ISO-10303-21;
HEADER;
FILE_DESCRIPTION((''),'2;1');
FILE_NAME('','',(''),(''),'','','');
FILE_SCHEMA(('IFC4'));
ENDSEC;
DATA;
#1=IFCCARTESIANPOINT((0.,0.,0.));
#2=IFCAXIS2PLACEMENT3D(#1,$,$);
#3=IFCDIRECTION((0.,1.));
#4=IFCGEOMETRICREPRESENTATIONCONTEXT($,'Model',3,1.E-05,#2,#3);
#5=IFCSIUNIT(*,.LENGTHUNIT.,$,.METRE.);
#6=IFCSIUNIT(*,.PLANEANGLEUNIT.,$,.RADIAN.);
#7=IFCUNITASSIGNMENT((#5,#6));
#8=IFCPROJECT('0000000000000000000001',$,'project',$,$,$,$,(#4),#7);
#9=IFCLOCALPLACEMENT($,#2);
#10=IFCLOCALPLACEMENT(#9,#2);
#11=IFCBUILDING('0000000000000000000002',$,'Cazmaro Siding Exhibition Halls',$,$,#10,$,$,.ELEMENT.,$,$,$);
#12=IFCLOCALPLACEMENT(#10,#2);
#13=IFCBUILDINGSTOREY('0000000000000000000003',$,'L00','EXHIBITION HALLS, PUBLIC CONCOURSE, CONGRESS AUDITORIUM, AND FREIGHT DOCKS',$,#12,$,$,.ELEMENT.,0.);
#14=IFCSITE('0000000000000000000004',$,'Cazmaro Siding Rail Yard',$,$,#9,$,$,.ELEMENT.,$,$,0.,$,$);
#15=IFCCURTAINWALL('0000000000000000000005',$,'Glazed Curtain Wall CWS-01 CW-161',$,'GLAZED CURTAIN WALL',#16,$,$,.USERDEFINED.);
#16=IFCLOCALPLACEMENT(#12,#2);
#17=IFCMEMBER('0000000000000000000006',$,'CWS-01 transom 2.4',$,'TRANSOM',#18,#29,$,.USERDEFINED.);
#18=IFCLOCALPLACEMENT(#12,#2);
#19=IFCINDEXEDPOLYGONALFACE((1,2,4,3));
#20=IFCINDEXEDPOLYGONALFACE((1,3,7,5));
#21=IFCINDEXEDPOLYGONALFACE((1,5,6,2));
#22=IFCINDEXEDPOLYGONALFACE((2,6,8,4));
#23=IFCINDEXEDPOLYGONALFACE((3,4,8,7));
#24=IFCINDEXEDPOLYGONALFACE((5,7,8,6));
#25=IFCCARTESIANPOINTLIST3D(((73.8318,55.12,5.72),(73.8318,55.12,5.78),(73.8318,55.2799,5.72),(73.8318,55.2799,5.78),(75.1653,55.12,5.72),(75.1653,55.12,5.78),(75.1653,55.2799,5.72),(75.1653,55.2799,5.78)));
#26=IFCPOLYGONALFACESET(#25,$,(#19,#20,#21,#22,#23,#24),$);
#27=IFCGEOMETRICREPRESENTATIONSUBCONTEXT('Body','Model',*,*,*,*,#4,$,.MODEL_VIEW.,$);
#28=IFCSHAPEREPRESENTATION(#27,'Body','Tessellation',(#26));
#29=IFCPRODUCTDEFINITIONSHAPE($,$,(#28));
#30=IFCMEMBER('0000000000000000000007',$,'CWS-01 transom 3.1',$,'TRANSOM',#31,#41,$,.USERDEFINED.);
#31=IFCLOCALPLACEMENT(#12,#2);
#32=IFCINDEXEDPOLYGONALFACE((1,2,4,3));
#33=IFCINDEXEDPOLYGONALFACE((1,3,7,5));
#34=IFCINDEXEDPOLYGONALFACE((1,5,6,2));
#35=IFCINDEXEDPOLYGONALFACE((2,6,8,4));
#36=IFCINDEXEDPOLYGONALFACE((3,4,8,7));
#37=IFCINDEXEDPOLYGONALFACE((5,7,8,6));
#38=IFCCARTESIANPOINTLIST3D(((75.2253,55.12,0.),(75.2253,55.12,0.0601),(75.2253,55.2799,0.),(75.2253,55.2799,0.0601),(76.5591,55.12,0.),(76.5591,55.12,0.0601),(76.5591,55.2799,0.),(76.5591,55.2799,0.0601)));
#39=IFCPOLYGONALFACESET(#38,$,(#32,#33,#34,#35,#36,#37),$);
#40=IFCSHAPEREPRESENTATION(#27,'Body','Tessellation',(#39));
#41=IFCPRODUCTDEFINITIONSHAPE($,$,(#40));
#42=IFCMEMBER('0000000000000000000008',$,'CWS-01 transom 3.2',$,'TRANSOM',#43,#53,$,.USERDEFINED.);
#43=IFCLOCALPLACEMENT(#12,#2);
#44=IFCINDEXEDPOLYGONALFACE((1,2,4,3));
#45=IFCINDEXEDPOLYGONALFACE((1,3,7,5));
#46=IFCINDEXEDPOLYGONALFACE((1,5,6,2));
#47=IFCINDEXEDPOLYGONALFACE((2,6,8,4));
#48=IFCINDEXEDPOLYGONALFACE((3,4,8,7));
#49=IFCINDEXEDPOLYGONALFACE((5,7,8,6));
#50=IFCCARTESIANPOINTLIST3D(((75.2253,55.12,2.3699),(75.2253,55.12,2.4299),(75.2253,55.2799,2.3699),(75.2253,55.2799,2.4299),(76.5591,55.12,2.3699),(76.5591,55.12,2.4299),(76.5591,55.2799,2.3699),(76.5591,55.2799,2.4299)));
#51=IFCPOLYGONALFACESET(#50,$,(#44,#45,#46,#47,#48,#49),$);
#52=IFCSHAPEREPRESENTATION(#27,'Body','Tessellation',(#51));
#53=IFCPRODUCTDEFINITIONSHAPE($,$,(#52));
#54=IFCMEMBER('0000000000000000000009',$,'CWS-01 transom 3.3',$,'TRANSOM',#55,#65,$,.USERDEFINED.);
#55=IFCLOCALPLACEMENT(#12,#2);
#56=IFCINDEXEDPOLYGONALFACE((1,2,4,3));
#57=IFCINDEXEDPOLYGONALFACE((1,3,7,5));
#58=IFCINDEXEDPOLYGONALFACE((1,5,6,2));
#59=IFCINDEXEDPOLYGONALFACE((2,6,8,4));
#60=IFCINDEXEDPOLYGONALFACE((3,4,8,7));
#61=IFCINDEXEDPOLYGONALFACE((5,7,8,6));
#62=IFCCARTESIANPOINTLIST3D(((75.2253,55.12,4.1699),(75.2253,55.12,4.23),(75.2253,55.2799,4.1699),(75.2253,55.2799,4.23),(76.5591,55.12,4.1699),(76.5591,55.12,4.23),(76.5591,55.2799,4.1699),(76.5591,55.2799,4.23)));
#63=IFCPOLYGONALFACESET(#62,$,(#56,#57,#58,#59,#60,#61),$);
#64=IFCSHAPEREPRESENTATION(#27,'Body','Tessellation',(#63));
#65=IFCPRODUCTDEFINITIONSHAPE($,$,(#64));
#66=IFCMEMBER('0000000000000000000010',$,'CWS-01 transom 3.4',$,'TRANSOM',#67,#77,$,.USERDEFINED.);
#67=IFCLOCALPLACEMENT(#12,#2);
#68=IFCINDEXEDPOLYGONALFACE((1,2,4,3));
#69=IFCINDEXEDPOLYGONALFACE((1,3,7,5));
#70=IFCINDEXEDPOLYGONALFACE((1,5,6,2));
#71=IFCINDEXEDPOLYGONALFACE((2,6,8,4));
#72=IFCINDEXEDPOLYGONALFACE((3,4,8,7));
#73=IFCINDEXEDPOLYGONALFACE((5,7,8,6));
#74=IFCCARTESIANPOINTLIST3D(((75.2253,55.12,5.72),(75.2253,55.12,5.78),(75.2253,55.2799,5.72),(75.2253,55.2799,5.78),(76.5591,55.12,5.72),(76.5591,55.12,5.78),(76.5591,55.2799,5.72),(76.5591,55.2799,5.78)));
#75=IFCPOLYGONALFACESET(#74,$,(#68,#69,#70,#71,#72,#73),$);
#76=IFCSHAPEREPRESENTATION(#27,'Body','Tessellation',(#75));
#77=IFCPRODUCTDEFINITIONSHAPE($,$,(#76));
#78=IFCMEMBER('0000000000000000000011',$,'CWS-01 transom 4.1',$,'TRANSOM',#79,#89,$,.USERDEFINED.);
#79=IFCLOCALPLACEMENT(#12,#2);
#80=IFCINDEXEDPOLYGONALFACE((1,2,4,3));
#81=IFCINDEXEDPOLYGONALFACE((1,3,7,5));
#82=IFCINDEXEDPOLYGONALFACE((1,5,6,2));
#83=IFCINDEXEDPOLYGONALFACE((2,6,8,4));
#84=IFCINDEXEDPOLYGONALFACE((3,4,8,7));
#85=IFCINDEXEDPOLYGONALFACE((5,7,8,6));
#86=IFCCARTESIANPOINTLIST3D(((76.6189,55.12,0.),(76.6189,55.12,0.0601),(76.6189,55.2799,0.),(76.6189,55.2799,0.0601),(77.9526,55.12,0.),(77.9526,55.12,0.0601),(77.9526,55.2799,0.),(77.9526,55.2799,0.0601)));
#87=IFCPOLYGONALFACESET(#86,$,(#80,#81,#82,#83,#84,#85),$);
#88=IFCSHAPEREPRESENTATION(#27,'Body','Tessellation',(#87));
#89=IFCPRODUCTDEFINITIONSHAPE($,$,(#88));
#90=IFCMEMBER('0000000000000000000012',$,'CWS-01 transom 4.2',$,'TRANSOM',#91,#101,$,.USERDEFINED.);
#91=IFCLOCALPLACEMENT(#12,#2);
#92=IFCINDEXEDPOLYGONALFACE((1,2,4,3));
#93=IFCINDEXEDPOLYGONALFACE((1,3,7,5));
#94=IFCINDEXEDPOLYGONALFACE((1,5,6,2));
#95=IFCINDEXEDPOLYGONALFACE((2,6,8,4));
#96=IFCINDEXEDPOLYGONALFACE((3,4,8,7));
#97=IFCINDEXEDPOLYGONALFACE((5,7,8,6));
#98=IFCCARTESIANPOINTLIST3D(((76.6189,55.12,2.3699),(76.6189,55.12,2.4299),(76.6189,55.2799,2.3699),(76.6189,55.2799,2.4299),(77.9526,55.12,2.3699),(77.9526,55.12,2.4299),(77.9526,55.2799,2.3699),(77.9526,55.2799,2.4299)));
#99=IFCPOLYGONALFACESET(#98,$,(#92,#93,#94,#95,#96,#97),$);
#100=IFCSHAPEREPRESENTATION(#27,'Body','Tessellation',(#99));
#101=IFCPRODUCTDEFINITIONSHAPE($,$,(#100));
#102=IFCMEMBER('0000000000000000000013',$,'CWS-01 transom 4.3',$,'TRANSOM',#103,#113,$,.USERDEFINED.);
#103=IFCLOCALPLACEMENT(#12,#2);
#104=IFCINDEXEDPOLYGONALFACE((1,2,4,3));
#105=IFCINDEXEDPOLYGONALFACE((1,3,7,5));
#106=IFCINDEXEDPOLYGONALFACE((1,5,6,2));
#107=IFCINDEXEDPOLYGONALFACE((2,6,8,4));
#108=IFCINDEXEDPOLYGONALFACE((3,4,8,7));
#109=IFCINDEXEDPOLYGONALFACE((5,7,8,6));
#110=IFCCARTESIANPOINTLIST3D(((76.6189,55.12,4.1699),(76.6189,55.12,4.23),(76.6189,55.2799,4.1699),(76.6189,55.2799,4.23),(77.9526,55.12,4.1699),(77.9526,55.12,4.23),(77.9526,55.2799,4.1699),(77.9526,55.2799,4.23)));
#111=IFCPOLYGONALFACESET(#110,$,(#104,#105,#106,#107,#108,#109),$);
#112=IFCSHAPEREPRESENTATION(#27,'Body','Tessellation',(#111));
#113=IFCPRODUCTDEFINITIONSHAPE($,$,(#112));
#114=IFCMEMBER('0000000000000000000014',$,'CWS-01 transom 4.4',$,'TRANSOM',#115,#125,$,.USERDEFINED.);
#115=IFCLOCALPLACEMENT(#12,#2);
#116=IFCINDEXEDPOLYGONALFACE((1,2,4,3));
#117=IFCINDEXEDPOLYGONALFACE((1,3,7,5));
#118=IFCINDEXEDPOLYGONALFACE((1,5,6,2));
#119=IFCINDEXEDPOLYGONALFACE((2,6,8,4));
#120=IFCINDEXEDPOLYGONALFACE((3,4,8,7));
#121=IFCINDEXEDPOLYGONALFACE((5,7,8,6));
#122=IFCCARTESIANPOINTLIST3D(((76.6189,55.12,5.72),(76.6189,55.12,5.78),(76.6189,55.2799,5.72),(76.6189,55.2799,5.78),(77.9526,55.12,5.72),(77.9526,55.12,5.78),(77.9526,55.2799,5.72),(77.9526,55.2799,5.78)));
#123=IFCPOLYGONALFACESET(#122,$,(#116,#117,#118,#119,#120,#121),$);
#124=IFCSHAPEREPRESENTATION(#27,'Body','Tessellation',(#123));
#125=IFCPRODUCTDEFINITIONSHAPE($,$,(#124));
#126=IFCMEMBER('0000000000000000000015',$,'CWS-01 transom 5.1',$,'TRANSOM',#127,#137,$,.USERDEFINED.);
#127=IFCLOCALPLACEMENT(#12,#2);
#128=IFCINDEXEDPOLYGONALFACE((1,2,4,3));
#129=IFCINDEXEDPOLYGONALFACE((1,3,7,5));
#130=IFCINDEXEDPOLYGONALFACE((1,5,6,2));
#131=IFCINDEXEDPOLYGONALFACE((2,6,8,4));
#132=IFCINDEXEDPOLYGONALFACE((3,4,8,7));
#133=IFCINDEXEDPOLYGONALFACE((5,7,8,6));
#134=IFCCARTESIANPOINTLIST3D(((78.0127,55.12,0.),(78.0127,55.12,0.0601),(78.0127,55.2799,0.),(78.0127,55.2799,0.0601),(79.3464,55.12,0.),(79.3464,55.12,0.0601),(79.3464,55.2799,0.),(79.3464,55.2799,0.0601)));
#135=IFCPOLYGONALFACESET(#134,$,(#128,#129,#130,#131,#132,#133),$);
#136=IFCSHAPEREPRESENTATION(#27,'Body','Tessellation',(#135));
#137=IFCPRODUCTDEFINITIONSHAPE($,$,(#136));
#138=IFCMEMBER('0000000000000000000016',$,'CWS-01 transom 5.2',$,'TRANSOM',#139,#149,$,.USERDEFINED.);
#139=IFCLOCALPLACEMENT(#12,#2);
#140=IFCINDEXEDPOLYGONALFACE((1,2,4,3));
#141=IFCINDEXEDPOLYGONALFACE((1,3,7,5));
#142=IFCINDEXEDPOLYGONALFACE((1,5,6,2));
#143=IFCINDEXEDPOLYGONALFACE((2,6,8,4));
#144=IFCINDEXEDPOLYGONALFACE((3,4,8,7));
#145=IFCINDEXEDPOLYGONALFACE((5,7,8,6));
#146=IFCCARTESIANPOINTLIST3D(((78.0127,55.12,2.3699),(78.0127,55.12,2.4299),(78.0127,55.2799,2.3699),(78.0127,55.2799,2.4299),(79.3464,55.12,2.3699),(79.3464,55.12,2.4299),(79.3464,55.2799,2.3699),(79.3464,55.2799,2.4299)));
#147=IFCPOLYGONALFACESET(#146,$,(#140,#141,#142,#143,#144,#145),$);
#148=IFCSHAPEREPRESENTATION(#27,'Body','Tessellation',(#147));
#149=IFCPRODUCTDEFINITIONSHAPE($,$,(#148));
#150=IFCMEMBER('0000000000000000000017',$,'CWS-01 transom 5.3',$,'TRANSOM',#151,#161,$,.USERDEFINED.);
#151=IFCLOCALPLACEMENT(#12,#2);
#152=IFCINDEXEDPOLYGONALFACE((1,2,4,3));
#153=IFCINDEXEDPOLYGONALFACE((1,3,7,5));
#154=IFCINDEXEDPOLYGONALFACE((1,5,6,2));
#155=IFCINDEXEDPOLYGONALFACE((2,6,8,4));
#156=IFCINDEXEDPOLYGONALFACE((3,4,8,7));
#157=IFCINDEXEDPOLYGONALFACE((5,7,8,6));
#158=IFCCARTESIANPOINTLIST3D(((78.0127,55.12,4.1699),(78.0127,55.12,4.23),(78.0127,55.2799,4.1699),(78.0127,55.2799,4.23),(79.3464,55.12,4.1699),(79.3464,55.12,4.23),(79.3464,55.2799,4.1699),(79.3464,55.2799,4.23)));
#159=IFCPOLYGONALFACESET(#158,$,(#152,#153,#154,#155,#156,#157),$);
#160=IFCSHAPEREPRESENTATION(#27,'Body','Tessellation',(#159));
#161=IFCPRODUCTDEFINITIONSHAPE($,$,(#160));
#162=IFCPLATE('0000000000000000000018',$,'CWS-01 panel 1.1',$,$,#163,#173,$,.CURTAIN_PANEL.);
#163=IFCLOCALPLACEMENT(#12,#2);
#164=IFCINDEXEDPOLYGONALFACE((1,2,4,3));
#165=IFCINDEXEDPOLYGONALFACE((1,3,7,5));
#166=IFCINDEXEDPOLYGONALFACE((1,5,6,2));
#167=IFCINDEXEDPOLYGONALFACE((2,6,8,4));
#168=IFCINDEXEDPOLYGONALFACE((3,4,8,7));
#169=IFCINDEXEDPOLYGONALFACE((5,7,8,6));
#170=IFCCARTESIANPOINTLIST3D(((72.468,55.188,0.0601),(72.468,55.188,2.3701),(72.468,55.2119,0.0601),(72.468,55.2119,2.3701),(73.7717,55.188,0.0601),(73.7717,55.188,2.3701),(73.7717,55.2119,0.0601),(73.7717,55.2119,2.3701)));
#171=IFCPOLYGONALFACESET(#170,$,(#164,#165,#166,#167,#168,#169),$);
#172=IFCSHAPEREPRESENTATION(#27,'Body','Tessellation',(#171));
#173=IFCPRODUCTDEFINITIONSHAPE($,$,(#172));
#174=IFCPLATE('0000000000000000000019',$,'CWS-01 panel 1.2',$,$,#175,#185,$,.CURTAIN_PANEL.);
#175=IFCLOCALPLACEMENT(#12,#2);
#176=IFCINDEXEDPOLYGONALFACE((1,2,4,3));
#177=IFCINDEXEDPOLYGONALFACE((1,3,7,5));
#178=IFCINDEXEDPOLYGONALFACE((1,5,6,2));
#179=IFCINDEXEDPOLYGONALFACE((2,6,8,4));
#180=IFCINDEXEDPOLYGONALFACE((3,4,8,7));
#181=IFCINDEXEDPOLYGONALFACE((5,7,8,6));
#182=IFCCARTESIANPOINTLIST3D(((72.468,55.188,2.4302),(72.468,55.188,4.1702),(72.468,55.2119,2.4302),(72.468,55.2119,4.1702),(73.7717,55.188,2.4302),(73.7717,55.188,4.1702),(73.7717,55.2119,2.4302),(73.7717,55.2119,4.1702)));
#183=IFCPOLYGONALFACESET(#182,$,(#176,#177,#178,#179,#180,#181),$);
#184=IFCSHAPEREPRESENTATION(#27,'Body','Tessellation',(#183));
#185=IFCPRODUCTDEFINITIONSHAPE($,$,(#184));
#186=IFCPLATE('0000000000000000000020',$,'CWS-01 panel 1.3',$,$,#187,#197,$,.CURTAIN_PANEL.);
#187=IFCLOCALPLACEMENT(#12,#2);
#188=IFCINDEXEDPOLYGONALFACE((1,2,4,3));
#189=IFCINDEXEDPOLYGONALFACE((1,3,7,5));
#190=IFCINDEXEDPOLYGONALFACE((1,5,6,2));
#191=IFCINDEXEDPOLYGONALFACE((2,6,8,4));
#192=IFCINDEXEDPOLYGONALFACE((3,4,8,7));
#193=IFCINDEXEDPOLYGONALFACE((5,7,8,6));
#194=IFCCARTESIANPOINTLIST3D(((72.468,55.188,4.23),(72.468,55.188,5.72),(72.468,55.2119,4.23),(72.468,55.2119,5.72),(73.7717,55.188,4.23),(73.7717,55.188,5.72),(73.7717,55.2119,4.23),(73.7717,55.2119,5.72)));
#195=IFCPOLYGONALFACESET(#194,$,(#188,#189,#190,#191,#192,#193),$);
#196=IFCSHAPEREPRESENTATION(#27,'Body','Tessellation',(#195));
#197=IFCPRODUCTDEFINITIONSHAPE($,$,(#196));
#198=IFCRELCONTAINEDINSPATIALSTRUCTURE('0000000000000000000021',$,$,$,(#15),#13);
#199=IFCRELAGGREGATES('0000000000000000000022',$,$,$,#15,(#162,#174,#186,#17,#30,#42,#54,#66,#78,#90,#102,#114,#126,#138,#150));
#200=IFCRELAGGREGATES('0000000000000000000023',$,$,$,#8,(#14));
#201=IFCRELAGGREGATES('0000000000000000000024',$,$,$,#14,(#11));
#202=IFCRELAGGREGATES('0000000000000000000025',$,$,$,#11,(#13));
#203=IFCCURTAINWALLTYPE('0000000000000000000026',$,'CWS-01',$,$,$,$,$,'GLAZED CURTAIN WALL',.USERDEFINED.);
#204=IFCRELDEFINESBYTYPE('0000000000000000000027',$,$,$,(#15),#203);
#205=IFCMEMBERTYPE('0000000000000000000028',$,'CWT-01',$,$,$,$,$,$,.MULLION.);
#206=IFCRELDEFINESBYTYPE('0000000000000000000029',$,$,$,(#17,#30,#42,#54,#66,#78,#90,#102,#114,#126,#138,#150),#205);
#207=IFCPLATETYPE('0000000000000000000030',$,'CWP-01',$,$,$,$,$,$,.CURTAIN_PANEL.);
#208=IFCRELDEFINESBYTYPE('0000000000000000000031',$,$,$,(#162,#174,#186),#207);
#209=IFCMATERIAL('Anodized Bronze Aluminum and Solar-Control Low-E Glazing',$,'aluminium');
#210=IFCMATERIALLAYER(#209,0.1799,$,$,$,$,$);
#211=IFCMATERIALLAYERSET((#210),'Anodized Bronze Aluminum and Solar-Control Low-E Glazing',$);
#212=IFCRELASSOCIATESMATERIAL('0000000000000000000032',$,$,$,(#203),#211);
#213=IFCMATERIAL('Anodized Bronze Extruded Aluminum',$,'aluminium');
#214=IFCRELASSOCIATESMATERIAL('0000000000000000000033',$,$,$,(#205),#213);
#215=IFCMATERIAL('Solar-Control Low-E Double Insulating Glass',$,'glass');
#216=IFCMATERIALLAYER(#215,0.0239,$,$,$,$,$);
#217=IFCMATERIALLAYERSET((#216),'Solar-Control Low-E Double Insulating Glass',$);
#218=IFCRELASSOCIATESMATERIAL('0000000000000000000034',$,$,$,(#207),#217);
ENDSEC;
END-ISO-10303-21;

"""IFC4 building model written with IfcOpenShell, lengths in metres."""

from ifc_helpers import new_model, si_unit, direction, frame, origin, origin_2d, place, context, subcontext, project, spatial, rectangle, extrude, material, layer, layer_set, material_profile, profile_set, type_object, element, aggregate, save


model = new_model("IFC4")

# Units and contexts
model_context = context("Model", 3, precision=1e-05, world=origin(), true_north=direction((0.0, 1.0)))
body_context = subcontext(model_context, "Body", "Model", "MODEL_VIEW")
ifc_project = project(units=[si_unit("LENGTHUNIT", "METRE"), si_unit("PLANEANGLEUNIT", "RADIAN")], contexts=[model_context])

# Site, building, storey
site_placement = place(None, origin())
site = spatial("IfcSite", under=ifc_project, at=site_placement, Name="Cazmaro Siding Rail Yard", CompositionType="ELEMENT", RefElevation=0.0)
building_placement = place(site_placement, origin())
building = spatial("IfcBuilding", under=site, at=building_placement, Name="Cazmaro Siding Exhibition Halls", CompositionType="ELEMENT")
storey_placement = place(building_placement, origin())
storey = spatial("IfcBuildingStorey", under=building, at=storey_placement, Name="L00", Description="EXHIBITION HALLS, PUBLIC CONCOURSE, CONGRESS AUDITORIUM, AND FREIGHT DOCKS", CompositionType="ELEMENT", Elevation=0.0)

# Curtain wall, members, plates
ifc_material_1 = material(Name="Anodized Bronze Aluminum and Solar-Control Low-E Glazing", Category="aluminium")
ifc_layer_1 = layer(ifc_material_1, 0.1799)
ifc_layer_set_1 = layer_set([ifc_layer_1], Name="Anodized Bronze Aluminum and Solar-Control Low-E Glazing")
curtain_wall_type = type_object("IfcCurtainWallType", Name="CWS-01", ElementType="GLAZED CURTAIN WALL", PredefinedType="USERDEFINED", material=ifc_layer_set_1)
curtain_wall_1_placement = place(storey_placement, origin())
curtain_wall_1 = element("IfcCurtainWall", 1, at=curtain_wall_1_placement, inside=storey, type_object=curtain_wall_type, Name="Glazed Curtain Wall CWS-01 CW-161", ObjectType="GLAZED CURTAIN WALL", PredefinedType="USERDEFINED")
ifc_material_2 = material(Name="Anodized Bronze Extruded Aluminum", Category="aluminium")
ifc_material_profile_1 = material_profile(ifc_material_2, rectangle(XDim=0.1599, YDim=0.0601, at=origin_2d()), Name="CWT-01")
ifc_profile_set_1 = profile_set([ifc_material_profile_1], Name="Anodized Bronze Extruded Aluminum")
member_type_1 = type_object("IfcMemberType", Name="CWT-01", PredefinedType="MULLION", material=ifc_profile_set_1)
member_1_placement = place(storey_placement, frame((73.8318, 55.2, 5.75), z_axis=(1.0, 0.0, 0.0), x_axis=(0.0, 1.0, 0.0)))
member_1 = element("IfcMember", 2, at=member_1_placement, type_object=member_type_1, Name="CWS-01 transom 2.4", ObjectType="TRANSOM", PredefinedType="USERDEFINED", context=body_context, shape_type="SweptSolid", body=[
    extrude(rectangle(XDim=0.1599, YDim=0.0601, at=origin_2d()), origin(), (0.0, 0.0, 1.0), 1.3335),
])
member_2_placement = place(storey_placement, frame((75.2253, 55.2, 0.03), z_axis=(1.0, 0.0, 0.0), x_axis=(0.0, 1.0, 0.0)))
member_2 = element("IfcMember", 3, at=member_2_placement, type_object=member_type_1, Name="CWS-01 transom 3.1", ObjectType="TRANSOM", PredefinedType="USERDEFINED", context=body_context, shape_type="SweptSolid", body=[
    extrude(rectangle(XDim=0.1599, YDim=0.0601, at=origin_2d()), origin(), (0.0, 0.0, 1.0), 1.3337),
])
member_3_placement = place(storey_placement, frame((75.2253, 55.2, 2.3999), z_axis=(1.0, 0.0, 0.0), x_axis=(0.0, 1.0, 0.0)))
member_3 = element("IfcMember", 4, at=member_3_placement, type_object=member_type_1, Name="CWS-01 transom 3.2", ObjectType="TRANSOM", PredefinedType="USERDEFINED", context=body_context, shape_type="SweptSolid", body=[
    extrude(rectangle(XDim=0.1599, YDim=0.0601, at=origin_2d()), origin(), (0.0, 0.0, 1.0), 1.3337),
])
member_4_placement = place(storey_placement, frame((75.2253, 55.2, 4.2), z_axis=(1.0, 0.0, 0.0), x_axis=(0.0, 1.0, 0.0)))
member_4 = element("IfcMember", 5, at=member_4_placement, type_object=member_type_1, Name="CWS-01 transom 3.3", ObjectType="TRANSOM", PredefinedType="USERDEFINED", context=body_context, shape_type="SweptSolid", body=[
    extrude(rectangle(XDim=0.1599, YDim=0.0601, at=origin_2d()), origin(), (0.0, 0.0, 1.0), 1.3337),
])
member_5_placement = place(storey_placement, frame((75.2253, 55.2, 5.75), z_axis=(1.0, 0.0, 0.0), x_axis=(0.0, 1.0, 0.0)))
member_5 = element("IfcMember", 6, at=member_5_placement, type_object=member_type_1, Name="CWS-01 transom 3.4", ObjectType="TRANSOM", PredefinedType="USERDEFINED", context=body_context, shape_type="SweptSolid", body=[
    extrude(rectangle(XDim=0.1599, YDim=0.0601, at=origin_2d()), origin(), (0.0, 0.0, 1.0), 1.3337),
])
member_6_placement = place(storey_placement, frame((76.6189, 55.2, 0.03), z_axis=(1.0, 0.0, 0.0), x_axis=(0.0, 1.0, 0.0)))
member_6 = element("IfcMember", 7, at=member_6_placement, type_object=member_type_1, Name="CWS-01 transom 4.1", ObjectType="TRANSOM", PredefinedType="USERDEFINED", context=body_context, shape_type="SweptSolid", body=[
    extrude(rectangle(XDim=0.1599, YDim=0.0601, at=origin_2d()), origin(), (0.0, 0.0, 1.0), 1.3337),
])
member_7_placement = place(storey_placement, frame((76.6189, 55.2, 2.3999), z_axis=(1.0, 0.0, 0.0), x_axis=(0.0, 1.0, 0.0)))
member_7 = element("IfcMember", 8, at=member_7_placement, type_object=member_type_1, Name="CWS-01 transom 4.2", ObjectType="TRANSOM", PredefinedType="USERDEFINED", context=body_context, shape_type="SweptSolid", body=[
    extrude(rectangle(XDim=0.1599, YDim=0.0601, at=origin_2d()), origin(), (0.0, 0.0, 1.0), 1.3337),
])
member_8_placement = place(storey_placement, frame((76.6189, 55.2, 4.2), z_axis=(1.0, 0.0, 0.0), x_axis=(0.0, 1.0, 0.0)))
member_8 = element("IfcMember", 9, at=member_8_placement, type_object=member_type_1, Name="CWS-01 transom 4.3", ObjectType="TRANSOM", PredefinedType="USERDEFINED", context=body_context, shape_type="SweptSolid", body=[
    extrude(rectangle(XDim=0.1599, YDim=0.0601, at=origin_2d()), origin(), (0.0, 0.0, 1.0), 1.3337),
])
member_9_placement = place(storey_placement, frame((76.6189, 55.2, 5.75), z_axis=(1.0, 0.0, 0.0), x_axis=(0.0, 1.0, 0.0)))
member_9 = element("IfcMember", 10, at=member_9_placement, type_object=member_type_1, Name="CWS-01 transom 4.4", ObjectType="TRANSOM", PredefinedType="USERDEFINED", context=body_context, shape_type="SweptSolid", body=[
    extrude(rectangle(XDim=0.1599, YDim=0.0601, at=origin_2d()), origin(), (0.0, 0.0, 1.0), 1.3337),
])
member_10_placement = place(storey_placement, frame((78.0127, 55.2, 0.03), z_axis=(1.0, 0.0, 0.0), x_axis=(0.0, 1.0, 0.0)))
member_10 = element("IfcMember", 11, at=member_10_placement, type_object=member_type_1, Name="CWS-01 transom 5.1", ObjectType="TRANSOM", PredefinedType="USERDEFINED", context=body_context, shape_type="SweptSolid", body=[
    extrude(rectangle(XDim=0.1599, YDim=0.0601, at=origin_2d()), origin(), (0.0, 0.0, 1.0), 1.3337),
])
member_11_placement = place(storey_placement, frame((78.0127, 55.2, 2.3999), z_axis=(1.0, 0.0, 0.0), x_axis=(0.0, 1.0, 0.0)))
member_11 = element("IfcMember", 12, at=member_11_placement, type_object=member_type_1, Name="CWS-01 transom 5.2", ObjectType="TRANSOM", PredefinedType="USERDEFINED", context=body_context, shape_type="SweptSolid", body=[
    extrude(rectangle(XDim=0.1599, YDim=0.0601, at=origin_2d()), origin(), (0.0, 0.0, 1.0), 1.3337),
])
member_12_placement = place(storey_placement, frame((78.0127, 55.2, 4.2), z_axis=(1.0, 0.0, 0.0), x_axis=(0.0, 1.0, 0.0)))
member_12 = element("IfcMember", 13, at=member_12_placement, type_object=member_type_1, Name="CWS-01 transom 5.3", ObjectType="TRANSOM", PredefinedType="USERDEFINED", context=body_context, shape_type="SweptSolid", body=[
    extrude(rectangle(XDim=0.1599, YDim=0.0601, at=origin_2d()), origin(), (0.0, 0.0, 1.0), 1.3337),
])
ifc_material_3 = material(Name="Solar-Control Low-E Double Insulating Glass", Category="glass")
ifc_layer_2 = layer(ifc_material_3, 0.0239)
ifc_layer_set_2 = layer_set([ifc_layer_2], Name="Solar-Control Low-E Double Insulating Glass")
plate_type = type_object("IfcPlateType", Name="CWP-01", PredefinedType="CURTAIN_PANEL", material=ifc_layer_set_2)
plate_1_placement = place(storey_placement, frame((73.1199, 55.2, 0.0601), z_axis=(0.0, 0.0, 1.0), x_axis=(1.0, 0.0, 0.0)))
plate_1 = element("IfcPlate", 14, at=plate_1_placement, type_object=plate_type, Name="CWS-01 panel 1.1", PredefinedType="CURTAIN_PANEL", context=body_context, shape_type="SweptSolid", body=[
    extrude(rectangle(XDim=1.3037, YDim=0.0239, at=origin_2d()), origin(), (0.0, 0.0, 1.0), 2.3101),
])
plate_2_placement = place(storey_placement, frame((73.1199, 55.2, 2.4302), z_axis=(0.0, 0.0, 1.0), x_axis=(1.0, 0.0, 0.0)))
plate_2 = element("IfcPlate", 15, at=plate_2_placement, type_object=plate_type, Name="CWS-01 panel 1.2", PredefinedType="CURTAIN_PANEL", context=body_context, shape_type="SweptSolid", body=[
    extrude(rectangle(XDim=1.3037, YDim=0.0239, at=origin_2d()), origin(), (0.0, 0.0, 1.0), 1.74),
])
plate_3_placement = place(storey_placement, frame((73.1199, 55.2, 4.23), z_axis=(0.0, 0.0, 1.0), x_axis=(1.0, 0.0, 0.0)))
plate_3 = element("IfcPlate", 16, at=plate_3_placement, type_object=plate_type, Name="CWS-01 panel 1.3", PredefinedType="CURTAIN_PANEL", context=body_context, shape_type="SweptSolid", body=[
    extrude(rectangle(XDim=1.3037, YDim=0.0239, at=origin_2d()), origin(), (0.0, 0.0, 1.0), 1.49),
])
aggregate(curtain_wall_1, [plate_1, plate_2, plate_3, member_1, member_2, member_3, member_4, member_5, member_6, member_7, member_8, member_9, member_10, member_11, member_12])

save(model, "model.ifc")
